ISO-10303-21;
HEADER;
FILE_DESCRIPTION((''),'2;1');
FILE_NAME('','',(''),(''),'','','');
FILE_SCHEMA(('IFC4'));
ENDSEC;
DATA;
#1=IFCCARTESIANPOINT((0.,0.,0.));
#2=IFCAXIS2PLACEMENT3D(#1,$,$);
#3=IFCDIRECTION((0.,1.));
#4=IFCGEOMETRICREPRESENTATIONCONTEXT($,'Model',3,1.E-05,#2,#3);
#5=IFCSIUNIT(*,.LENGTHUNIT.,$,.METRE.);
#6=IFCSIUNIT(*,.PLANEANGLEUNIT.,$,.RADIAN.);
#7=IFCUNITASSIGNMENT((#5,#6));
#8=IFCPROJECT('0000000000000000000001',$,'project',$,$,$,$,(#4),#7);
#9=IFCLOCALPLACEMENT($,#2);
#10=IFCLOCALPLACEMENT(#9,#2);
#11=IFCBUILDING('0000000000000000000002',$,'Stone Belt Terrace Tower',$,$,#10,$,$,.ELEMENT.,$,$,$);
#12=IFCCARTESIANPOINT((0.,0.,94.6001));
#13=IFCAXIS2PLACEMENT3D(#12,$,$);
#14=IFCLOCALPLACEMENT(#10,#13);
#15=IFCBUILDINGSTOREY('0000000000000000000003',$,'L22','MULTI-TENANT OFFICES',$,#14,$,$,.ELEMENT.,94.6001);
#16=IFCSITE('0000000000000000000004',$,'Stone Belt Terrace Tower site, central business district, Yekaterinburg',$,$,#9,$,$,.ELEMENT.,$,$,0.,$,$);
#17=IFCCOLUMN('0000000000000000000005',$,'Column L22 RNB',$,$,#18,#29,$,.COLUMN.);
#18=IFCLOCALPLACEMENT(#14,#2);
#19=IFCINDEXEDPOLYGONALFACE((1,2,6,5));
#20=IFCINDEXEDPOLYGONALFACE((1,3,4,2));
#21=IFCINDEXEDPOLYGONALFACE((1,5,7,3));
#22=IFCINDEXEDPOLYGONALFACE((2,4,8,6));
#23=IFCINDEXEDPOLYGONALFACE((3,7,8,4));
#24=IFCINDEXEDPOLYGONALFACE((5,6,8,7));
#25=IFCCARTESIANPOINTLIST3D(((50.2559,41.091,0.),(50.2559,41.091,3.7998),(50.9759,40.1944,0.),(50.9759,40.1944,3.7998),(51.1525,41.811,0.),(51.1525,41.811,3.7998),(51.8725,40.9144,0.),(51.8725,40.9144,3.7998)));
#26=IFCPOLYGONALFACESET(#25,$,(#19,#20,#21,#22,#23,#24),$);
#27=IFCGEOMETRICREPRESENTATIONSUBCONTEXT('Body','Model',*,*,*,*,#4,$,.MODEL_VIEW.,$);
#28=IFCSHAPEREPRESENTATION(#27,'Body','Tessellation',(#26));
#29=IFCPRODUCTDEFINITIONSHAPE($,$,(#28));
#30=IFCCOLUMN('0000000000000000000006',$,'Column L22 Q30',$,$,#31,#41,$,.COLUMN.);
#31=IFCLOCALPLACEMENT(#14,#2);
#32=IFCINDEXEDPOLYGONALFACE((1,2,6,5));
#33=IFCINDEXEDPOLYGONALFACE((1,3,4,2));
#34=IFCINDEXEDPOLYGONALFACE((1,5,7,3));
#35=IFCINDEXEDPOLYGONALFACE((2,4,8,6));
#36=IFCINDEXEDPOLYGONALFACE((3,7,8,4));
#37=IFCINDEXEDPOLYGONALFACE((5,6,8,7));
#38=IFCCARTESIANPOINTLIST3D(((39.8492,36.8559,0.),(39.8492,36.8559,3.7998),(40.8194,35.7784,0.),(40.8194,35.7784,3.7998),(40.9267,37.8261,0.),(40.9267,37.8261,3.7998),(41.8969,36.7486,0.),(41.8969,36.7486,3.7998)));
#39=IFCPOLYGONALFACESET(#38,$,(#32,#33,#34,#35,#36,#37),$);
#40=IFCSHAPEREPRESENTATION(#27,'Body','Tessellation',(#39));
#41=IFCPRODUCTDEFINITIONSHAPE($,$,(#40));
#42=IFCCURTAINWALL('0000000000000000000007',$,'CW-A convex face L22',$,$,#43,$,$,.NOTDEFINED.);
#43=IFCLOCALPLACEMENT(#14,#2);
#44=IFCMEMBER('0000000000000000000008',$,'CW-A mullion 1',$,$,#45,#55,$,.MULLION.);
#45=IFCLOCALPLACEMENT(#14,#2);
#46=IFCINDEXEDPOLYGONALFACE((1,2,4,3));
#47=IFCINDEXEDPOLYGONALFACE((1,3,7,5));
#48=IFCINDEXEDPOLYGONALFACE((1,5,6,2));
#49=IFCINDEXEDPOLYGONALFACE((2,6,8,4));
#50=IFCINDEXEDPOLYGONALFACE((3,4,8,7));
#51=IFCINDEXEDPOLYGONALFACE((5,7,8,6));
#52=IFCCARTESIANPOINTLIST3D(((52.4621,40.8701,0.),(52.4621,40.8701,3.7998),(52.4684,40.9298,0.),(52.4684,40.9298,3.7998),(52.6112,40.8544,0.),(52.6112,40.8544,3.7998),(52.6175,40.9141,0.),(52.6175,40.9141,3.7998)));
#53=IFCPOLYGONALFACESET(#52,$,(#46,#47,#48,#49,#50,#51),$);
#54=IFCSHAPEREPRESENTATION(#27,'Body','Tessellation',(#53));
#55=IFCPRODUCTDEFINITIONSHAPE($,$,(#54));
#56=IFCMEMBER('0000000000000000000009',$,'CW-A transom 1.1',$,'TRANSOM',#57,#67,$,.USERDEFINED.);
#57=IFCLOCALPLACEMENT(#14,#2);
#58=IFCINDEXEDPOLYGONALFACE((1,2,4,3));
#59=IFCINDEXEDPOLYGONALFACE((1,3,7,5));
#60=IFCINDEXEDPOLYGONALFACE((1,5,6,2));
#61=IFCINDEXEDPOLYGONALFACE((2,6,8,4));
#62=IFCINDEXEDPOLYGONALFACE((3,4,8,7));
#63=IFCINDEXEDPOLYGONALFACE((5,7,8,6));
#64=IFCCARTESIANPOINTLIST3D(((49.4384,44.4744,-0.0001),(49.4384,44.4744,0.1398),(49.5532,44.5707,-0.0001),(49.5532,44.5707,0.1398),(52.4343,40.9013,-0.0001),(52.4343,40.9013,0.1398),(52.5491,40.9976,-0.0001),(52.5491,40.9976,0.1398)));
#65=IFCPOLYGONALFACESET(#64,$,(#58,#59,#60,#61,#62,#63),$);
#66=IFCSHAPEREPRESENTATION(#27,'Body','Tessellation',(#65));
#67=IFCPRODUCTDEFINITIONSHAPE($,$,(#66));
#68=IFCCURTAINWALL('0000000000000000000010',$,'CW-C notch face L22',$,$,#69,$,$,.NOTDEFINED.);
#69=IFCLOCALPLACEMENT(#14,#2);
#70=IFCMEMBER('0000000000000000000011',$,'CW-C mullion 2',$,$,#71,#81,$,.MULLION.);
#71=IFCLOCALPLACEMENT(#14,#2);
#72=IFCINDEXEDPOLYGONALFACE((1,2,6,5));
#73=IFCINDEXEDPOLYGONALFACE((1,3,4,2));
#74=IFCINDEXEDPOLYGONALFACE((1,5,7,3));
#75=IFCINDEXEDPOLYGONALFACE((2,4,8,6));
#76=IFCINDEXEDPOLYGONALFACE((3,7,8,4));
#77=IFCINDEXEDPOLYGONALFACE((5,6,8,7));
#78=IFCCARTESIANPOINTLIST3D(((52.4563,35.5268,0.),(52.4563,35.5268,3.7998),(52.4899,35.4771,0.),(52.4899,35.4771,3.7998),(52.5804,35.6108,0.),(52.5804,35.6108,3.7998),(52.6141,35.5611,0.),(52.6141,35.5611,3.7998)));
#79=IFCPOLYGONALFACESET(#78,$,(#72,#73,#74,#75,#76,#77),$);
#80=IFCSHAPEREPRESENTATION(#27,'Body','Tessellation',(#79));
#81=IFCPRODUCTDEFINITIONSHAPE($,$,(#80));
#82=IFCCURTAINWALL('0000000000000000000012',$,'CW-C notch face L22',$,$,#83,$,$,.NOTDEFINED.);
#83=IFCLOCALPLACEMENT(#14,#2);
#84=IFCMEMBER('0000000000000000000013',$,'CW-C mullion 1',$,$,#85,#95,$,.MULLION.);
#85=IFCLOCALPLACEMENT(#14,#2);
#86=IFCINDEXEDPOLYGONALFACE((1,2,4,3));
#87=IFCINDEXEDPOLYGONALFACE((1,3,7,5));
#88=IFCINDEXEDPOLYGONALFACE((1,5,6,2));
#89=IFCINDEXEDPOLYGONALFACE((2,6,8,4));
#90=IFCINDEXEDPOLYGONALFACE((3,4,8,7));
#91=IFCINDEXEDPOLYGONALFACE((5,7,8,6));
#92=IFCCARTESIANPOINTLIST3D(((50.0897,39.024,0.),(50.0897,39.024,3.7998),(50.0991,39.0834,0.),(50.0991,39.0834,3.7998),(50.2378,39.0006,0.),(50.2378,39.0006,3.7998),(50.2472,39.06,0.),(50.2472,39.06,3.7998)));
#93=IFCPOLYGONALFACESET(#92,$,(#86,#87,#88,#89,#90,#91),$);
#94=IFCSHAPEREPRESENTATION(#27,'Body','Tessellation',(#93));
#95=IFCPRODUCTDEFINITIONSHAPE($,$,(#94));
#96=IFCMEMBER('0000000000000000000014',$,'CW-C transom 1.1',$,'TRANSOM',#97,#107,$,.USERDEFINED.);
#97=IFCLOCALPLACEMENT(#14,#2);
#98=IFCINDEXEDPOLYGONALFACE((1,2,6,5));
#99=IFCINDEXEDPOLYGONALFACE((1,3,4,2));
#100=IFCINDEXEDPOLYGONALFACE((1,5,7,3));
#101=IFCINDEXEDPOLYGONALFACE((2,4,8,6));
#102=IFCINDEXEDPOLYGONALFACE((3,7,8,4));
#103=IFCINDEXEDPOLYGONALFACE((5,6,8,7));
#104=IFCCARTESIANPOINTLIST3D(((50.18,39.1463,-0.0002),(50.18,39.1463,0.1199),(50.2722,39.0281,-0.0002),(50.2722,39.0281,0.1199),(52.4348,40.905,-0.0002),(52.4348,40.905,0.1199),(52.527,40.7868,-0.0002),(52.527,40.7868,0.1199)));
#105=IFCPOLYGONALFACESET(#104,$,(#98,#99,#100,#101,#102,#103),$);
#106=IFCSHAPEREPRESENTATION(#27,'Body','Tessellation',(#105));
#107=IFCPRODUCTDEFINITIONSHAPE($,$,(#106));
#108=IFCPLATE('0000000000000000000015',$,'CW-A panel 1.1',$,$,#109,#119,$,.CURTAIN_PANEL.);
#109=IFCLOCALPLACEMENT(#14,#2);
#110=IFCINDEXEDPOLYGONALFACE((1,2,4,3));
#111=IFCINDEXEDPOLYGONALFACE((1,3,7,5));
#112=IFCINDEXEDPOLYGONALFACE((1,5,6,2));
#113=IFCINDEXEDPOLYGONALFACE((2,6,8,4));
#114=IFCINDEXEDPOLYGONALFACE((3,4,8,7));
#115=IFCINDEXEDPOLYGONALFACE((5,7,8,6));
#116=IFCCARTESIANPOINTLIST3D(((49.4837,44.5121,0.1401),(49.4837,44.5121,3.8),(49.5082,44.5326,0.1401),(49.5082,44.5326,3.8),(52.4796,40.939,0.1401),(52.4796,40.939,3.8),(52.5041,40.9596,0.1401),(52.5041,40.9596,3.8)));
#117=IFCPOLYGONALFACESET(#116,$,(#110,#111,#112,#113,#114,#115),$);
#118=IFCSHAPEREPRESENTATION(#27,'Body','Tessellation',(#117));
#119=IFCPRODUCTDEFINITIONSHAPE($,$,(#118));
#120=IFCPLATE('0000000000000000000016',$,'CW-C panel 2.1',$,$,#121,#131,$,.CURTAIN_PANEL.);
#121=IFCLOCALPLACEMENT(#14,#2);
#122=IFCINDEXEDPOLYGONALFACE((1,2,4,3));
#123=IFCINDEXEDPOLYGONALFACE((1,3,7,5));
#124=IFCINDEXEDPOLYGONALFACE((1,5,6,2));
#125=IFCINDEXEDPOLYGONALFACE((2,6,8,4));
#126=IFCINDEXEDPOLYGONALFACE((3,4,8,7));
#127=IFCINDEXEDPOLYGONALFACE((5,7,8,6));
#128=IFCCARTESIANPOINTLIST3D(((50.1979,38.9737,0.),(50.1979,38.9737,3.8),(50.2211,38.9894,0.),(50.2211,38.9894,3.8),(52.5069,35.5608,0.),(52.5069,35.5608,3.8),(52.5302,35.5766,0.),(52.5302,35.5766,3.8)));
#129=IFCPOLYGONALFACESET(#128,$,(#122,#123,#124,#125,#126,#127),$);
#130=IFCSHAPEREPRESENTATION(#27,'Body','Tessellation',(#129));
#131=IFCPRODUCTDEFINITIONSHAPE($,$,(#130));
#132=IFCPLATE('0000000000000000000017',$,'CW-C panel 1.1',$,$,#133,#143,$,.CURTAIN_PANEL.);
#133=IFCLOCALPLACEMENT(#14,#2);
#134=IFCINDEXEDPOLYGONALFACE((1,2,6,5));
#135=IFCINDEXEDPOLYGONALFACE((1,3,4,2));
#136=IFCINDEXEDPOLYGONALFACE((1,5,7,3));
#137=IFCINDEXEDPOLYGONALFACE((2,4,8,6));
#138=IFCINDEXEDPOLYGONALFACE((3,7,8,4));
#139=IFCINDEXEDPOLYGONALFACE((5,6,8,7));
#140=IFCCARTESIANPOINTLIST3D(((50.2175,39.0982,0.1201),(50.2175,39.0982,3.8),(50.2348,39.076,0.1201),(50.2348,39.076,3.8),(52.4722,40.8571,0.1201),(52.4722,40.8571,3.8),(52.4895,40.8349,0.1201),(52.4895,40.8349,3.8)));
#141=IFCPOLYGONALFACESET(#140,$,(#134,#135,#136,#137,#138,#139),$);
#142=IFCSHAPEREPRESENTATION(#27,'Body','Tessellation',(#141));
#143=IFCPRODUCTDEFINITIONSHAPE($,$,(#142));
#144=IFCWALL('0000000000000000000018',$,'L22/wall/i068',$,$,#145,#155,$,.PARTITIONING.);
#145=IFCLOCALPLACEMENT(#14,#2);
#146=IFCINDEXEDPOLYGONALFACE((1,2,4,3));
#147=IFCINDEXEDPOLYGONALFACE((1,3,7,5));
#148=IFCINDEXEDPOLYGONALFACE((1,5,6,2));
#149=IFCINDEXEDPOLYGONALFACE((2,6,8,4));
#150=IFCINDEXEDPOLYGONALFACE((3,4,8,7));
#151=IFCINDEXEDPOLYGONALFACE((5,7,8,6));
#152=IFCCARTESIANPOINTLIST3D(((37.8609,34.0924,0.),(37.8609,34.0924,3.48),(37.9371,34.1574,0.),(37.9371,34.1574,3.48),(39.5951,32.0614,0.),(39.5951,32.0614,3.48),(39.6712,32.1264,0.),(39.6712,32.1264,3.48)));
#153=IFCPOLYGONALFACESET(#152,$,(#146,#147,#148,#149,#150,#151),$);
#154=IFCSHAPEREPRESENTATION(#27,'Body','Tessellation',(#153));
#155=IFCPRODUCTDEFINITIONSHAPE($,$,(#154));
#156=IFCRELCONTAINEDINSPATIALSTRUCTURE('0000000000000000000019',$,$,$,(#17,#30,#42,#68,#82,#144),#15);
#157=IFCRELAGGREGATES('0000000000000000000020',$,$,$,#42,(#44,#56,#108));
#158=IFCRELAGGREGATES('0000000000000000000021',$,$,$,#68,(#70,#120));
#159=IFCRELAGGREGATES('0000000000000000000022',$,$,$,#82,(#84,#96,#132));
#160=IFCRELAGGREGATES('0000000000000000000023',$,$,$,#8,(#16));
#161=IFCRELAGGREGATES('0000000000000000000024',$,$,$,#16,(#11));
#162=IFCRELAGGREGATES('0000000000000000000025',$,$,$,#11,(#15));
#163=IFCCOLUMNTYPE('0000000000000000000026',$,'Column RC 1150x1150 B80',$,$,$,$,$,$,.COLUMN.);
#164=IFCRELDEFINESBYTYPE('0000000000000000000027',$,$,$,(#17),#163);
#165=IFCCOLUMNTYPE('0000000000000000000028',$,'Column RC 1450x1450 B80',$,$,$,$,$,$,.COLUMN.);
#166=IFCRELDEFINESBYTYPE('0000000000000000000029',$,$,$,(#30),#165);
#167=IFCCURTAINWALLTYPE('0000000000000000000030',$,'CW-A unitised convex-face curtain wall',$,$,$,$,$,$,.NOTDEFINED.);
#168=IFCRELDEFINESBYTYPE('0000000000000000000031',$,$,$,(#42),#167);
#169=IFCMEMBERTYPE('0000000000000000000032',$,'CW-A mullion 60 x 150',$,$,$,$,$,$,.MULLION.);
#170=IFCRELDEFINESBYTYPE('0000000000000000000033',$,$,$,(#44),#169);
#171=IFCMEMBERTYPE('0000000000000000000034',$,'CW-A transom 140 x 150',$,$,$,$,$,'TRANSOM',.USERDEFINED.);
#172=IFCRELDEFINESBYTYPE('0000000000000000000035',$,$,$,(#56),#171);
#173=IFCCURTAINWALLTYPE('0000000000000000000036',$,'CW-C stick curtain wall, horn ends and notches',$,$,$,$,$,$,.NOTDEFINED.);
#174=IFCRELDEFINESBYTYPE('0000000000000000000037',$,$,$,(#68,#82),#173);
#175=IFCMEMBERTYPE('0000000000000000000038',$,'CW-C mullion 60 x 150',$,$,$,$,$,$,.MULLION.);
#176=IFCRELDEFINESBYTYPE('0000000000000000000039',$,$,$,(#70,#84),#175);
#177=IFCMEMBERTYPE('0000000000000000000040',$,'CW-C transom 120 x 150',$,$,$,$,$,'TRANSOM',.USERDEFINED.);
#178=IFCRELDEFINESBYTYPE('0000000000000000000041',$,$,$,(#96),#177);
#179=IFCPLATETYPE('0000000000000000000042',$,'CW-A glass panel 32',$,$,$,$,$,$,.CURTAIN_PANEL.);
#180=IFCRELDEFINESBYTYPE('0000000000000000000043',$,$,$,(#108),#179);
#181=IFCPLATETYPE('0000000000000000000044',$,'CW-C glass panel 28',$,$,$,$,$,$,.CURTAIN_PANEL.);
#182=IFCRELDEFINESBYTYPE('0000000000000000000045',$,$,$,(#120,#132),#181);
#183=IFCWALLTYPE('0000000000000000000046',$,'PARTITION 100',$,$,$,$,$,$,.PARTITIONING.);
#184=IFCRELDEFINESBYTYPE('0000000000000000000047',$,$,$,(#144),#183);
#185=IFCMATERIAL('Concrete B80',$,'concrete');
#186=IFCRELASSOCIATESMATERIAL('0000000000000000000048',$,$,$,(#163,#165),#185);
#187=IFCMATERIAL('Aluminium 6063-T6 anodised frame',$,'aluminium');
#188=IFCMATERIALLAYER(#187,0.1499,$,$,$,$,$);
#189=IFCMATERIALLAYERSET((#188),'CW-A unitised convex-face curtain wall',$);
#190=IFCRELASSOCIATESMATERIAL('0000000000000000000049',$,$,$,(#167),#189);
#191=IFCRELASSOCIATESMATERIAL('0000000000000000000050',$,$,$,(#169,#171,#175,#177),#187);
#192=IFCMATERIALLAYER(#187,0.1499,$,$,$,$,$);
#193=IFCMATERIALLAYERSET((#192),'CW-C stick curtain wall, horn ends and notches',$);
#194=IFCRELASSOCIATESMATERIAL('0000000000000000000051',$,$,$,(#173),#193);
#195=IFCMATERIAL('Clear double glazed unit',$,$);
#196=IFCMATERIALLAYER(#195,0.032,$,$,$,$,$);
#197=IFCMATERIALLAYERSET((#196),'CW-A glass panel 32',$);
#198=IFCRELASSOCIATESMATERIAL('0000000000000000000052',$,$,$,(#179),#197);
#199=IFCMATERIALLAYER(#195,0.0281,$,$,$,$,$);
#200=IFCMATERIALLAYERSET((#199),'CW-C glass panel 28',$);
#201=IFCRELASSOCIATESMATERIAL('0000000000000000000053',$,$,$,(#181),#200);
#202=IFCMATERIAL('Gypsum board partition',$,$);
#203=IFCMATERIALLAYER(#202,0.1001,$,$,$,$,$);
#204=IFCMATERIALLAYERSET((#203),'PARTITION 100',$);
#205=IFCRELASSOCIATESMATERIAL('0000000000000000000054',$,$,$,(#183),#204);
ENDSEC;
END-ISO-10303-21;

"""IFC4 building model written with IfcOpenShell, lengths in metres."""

from ifc_helpers import new_model, si_unit, direction, frame, frame_2d, origin, origin_2d, place, context, subcontext, project, spatial, rectangle, extrude, material, layer, layer_set, material_profile, profile_set, type_object, element, aggregate, save


model = new_model("IFC4")

# Units and contexts
model_context = context("Model", 3, precision=1e-05, world=origin(), true_north=direction((0.0, 1.0)))
body_context = subcontext(model_context, "Body", "Model", "MODEL_VIEW")
ifc_project = project(units=[si_unit("LENGTHUNIT", "METRE"), si_unit("PLANEANGLEUNIT", "RADIAN")], contexts=[model_context])

# Site, building, storey
site_placement = place(None, origin())
site = spatial("IfcSite", under=ifc_project, at=site_placement, Name="Stone Belt Terrace Tower site, central business district, Yekaterinburg", CompositionType="ELEMENT", RefElevation=0.0)
building_placement = place(site_placement, origin())
building = spatial("IfcBuilding", under=site, at=building_placement, Name="Stone Belt Terrace Tower", CompositionType="ELEMENT")
storey_placement = place(building_placement, frame((0.0, 0.0, 94.6001)))
storey = spatial("IfcBuildingStorey", under=building, at=storey_placement, Name="L22", Description="MULTI-TENANT OFFICES", CompositionType="ELEMENT", Elevation=94.6001)

# Columns
ifc_material_1 = material(Name="Concrete B80", Category="concrete")
ifc_material_profile_1 = material_profile(ifc_material_1, rectangle(XDim=1.1499, YDim=1.1499, at=origin_2d()), Name="RC 1150x1150")
ifc_profile_set_1 = profile_set([ifc_material_profile_1], Name="Concrete B80")
column_type_1 = type_object("IfcColumnType", Name="Column RC 1150x1150 B80", PredefinedType="COLUMN", material=ifc_profile_set_1)
column_1_placement = place(storey_placement, frame((51.0642, 41.0027, 0.0), z_axis=(0.0, 0.0, 1.0), x_axis=(0.626104, -0.779739, 0.0)))
element("IfcColumn", 1, at=column_1_placement, inside=storey, type_object=column_type_1, Name="Column L22 RNB", PredefinedType="COLUMN", context=body_context, shape_type="SweptSolid", body=[
    extrude(rectangle(XDim=1.1499, YDim=1.1499, at=origin_2d()), origin(), (0.0, 0.0, 1.0), 3.7998),
])
ifc_material_profile_2 = material_profile(ifc_material_1, rectangle(XDim=1.45, YDim=1.45, at=origin_2d()), Name="RC 1450x1450")
ifc_profile_set_2 = profile_set([ifc_material_profile_2], Name="Concrete B80")
column_type_2 = type_object("IfcColumnType", Name="Column RC 1450x1450 B80", PredefinedType="COLUMN", material=ifc_profile_set_2)
column_2_placement = place(storey_placement, frame((40.873, 36.8022, 0.0), z_axis=(0.0, 0.0, 1.0), x_axis=(0.669131, -0.743145, 0.0)))
element("IfcColumn", 2, at=column_2_placement, inside=storey, type_object=column_type_2, Name="Column L22 Q30", PredefinedType="COLUMN", context=body_context, shape_type="SweptSolid", body=[
    extrude(rectangle(XDim=1.45, YDim=1.45, at=origin_2d()), origin(), (0.0, 0.0, 1.0), 3.7998),
])

# Curtain wall, members
ifc_material_2 = material(Name="Aluminium 6063-T6 anodised frame", Category="aluminium")
ifc_layer_1 = layer(ifc_material_2, 0.1499)
ifc_layer_set_1 = layer_set([ifc_layer_1], Name="CW-A unitised convex-face curtain wall")
curtain_wall_type_1 = type_object("IfcCurtainWallType", Name="CW-A unitised convex-face curtain wall", PredefinedType="NOTDEFINED", material=ifc_layer_set_1)
curtain_wall_1_placement = place(storey_placement, origin())
curtain_wall_1 = element("IfcCurtainWall", 3, at=curtain_wall_1_placement, inside=storey, type_object=curtain_wall_type_1, Name="CW-A convex face L22", PredefinedType="NOTDEFINED")
ifc_material_profile_3 = material_profile(ifc_material_2, rectangle(XDim=0.1499, YDim=0.0601, at=origin_2d()), Name="Aluminium 6063-T6 60x150")
ifc_profile_set_3 = profile_set([ifc_material_profile_3], Name="Aluminium 6063-T6 anodised frame")
member_type_1 = type_object("IfcMemberType", Name="CW-A mullion 60 x 150", PredefinedType="MULLION", material=ifc_profile_set_3)
member_1_placement = place(storey_placement, frame((52.5398, 40.8921, 0.0), z_axis=(0.0, 0.0, 1.0), x_axis=(-0.994465, 0.105071, 0.0)))
member_1 = element("IfcMember", 4, at=member_1_placement, type_object=member_type_1, Name="CW-A mullion 1", PredefinedType="MULLION", context=body_context, shape_type="SweptSolid", body=[
    extrude(rectangle(XDim=0.1499, YDim=0.0601, at=origin_2d()), origin(), (0.0, 0.0, 1.0), 3.7998),
])
ifc_material_profile_4 = material_profile(ifc_material_2, rectangle(XDim=0.1499, YDim=0.1399, at=origin_2d()), Name="Aluminium 6063-T6 150x140")
ifc_profile_set_4 = profile_set([ifc_material_profile_4], Name="Aluminium 6063-T6 anodised frame")
member_type_2 = type_object("IfcMemberType", Name="CW-A transom 140 x 150", ElementType="TRANSOM", PredefinedType="USERDEFINED", material=ifc_profile_set_4)
member_2_placement = place(storey_placement, frame((52.4917, 40.9495, 0.0698), z_axis=(-0.642504, 0.766282, 0.0), x_axis=(-0.766282, -0.642504, 0.0)))
member_2 = element("IfcMember", 5, at=member_2_placement, type_object=member_type_2, Name="CW-A transom 1.1", ObjectType="TRANSOM", PredefinedType="USERDEFINED", context=body_context, shape_type="SweptSolid", body=[
    extrude(rectangle(XDim=0.1499, YDim=0.1399, at=origin_2d()), origin(), (0.0, 0.0, 1.0), 4.6628),
])

# Curtain wall, member
ifc_layer_2 = layer(ifc_material_2, 0.1499)
ifc_layer_set_2 = layer_set([ifc_layer_2], Name="CW-C stick curtain wall, horn ends and notches")
curtain_wall_type_2 = type_object("IfcCurtainWallType", Name="CW-C stick curtain wall, horn ends and notches", PredefinedType="NOTDEFINED", material=ifc_layer_set_2)
curtain_wall_2_placement = place(storey_placement, origin())
curtain_wall_2 = element("IfcCurtainWall", 6, at=curtain_wall_2_placement, inside=storey, type_object=curtain_wall_type_2, Name="CW-C notch face L22", PredefinedType="NOTDEFINED")
ifc_material_profile_5 = material_profile(ifc_material_2, rectangle(XDim=0.1499, YDim=0.0601, at=origin_2d()), Name="Aluminium 6063-T6 60x150")
ifc_profile_set_5 = profile_set([ifc_material_profile_5], Name="Aluminium 6063-T6 anodised frame")
member_type_3 = type_object("IfcMemberType", Name="CW-C mullion 60 x 150", PredefinedType="MULLION", material=ifc_profile_set_5)
member_3_placement = place(storey_placement, frame((52.5352, 35.5439, 0.0), z_axis=(0.0, 0.0, 1.0), x_axis=(-0.828244, -0.560367, 0.0)))
member_3 = element("IfcMember", 7, at=member_3_placement, type_object=member_type_3, Name="CW-C mullion 2", PredefinedType="MULLION", context=body_context, shape_type="SweptSolid", body=[
    extrude(rectangle(XDim=0.1499, YDim=0.0601, at=origin_2d()), origin(), (0.0, 0.0, 1.0), 3.7998),
])

# Curtain wall, members
curtain_wall_3_placement = place(storey_placement, origin())
curtain_wall_3 = element("IfcCurtainWall", 8, at=curtain_wall_3_placement, inside=storey, type_object=curtain_wall_type_2, Name="CW-C notch face L22", PredefinedType="NOTDEFINED")
member_4_placement = place(storey_placement, frame((50.1685, 39.042, 0.0), z_axis=(0.0, 0.0, 1.0), x_axis=(-0.987742, 0.156094, 0.0)))
member_4 = element("IfcMember", 9, at=member_4_placement, type_object=member_type_3, Name="CW-C mullion 1", PredefinedType="MULLION", context=body_context, shape_type="SweptSolid", body=[
    extrude(rectangle(XDim=0.1499, YDim=0.0601, at=origin_2d()), origin(), (0.0, 0.0, 1.0), 3.7998),
])
ifc_material_profile_6 = material_profile(ifc_material_2, rectangle(XDim=0.1499, YDim=0.1201, at=origin_2d()), Name="Aluminium 6063-T6 150x120")
ifc_profile_set_6 = profile_set([ifc_material_profile_6], Name="Aluminium 6063-T6 anodised frame")
member_type_4 = type_object("IfcMemberType", Name="CW-C transom 120 x 150", ElementType="TRANSOM", PredefinedType="USERDEFINED", material=ifc_profile_set_6)
member_5_placement = place(storey_placement, frame((50.2261, 39.0872, 0.0598), z_axis=(0.788506, 0.615028, 0.0), x_axis=(-0.615028, 0.788506, 0.0)))
member_5 = element("IfcMember", 10, at=member_5_placement, type_object=member_type_4, Name="CW-C transom 1.1", ObjectType="TRANSOM", PredefinedType="USERDEFINED", context=body_context, shape_type="SweptSolid", body=[
    extrude(rectangle(XDim=0.1499, YDim=0.1201, at=origin_2d()), origin(), (0.0, 0.0, 1.0), 2.8596),
])

# Plates
ifc_material_3 = material(Name="Clear double glazed unit")
ifc_layer_3 = layer(ifc_material_3, 0.032)
ifc_layer_set_3 = layer_set([ifc_layer_3], Name="CW-A glass panel 32")
plate_type_1 = type_object("IfcPlateType", Name="CW-A glass panel 32", PredefinedType="CURTAIN_PANEL", material=ifc_layer_set_3)
plate_1_placement = place(storey_placement, frame((50.9939, 42.7358, 0.1401), z_axis=(0.0, 0.0, 1.0), x_axis=(-0.642509, 0.766278, 0.0)))
plate_1 = element("IfcPlate", 11, at=plate_1_placement, type_object=plate_type_1, Name="CW-A panel 1.1", PredefinedType="CURTAIN_PANEL", context=body_context, shape_type="SweptSolid", body=[
    extrude(rectangle(XDim=4.6628, YDim=0.032, at=origin_2d()), origin(), (0.0, 0.0, 1.0), 3.6599),
])
aggregate(curtain_wall_1, [member_1, member_2, plate_1])
ifc_layer_4 = layer(ifc_material_3, 0.0281)
ifc_layer_set_4 = layer_set([ifc_layer_4], Name="CW-C glass panel 28")
plate_type_2 = type_object("IfcPlateType", Name="CW-C glass panel 28", PredefinedType="CURTAIN_PANEL", material=ifc_layer_set_4)
plate_2_placement = place(storey_placement, frame((51.364, 37.2751, 0.0), z_axis=(0.0, 0.0, 1.0), x_axis=(-0.560367, 0.828244, 0.0)))
plate_2 = element("IfcPlate", 12, at=plate_2_placement, type_object=plate_type_2, Name="CW-C panel 2.1", PredefinedType="CURTAIN_PANEL", context=body_context, shape_type="SweptSolid", body=[
    extrude(rectangle(XDim=4.1206, YDim=0.0281, at=origin_2d()), origin(), (0.0, 0.0, 1.0), 3.8),
])
aggregate(curtain_wall_2, [member_3, plate_2])
plate_3_placement = place(storey_placement, frame((51.3535, 39.9666, 0.1201), z_axis=(0.0, 0.0, 1.0), x_axis=(0.788458, 0.615089, 0.0)))
plate_3 = element("IfcPlate", 13, at=plate_3_placement, type_object=plate_type_2, Name="CW-C panel 1.1", PredefinedType="CURTAIN_PANEL", context=body_context, shape_type="SweptSolid", body=[
    extrude(rectangle(XDim=2.8596, YDim=0.0281, at=origin_2d()), origin(), (0.0, 0.0, 1.0), 3.6799),
])
aggregate(curtain_wall_3, [member_4, member_5, plate_3])

# Wall
ifc_material_4 = material(Name="Gypsum board partition")
ifc_layer_5 = layer(ifc_material_4, 0.1001)
ifc_layer_set_5 = layer_set([ifc_layer_5], Name="PARTITION 100")
wall_type_1 = type_object("IfcWallType", Name="PARTITION 100", PredefinedType="PARTITIONING", material=ifc_layer_set_5)
wall_1_placement = place(storey_placement, frame((37.8989, 34.125, 0.0), z_axis=(0.0, 0.0, 1.0), x_axis=(0.649337, -0.760501, 0.0)))
element("IfcWall", 14, at=wall_1_placement, inside=storey, type_object=wall_type_1, Name="L22/wall/i068", PredefinedType="PARTITIONING", context=body_context, shape_type="SweptSolid", body=[
    extrude(rectangle(XDim=2.6707, YDim=0.1001, at=frame_2d((1.3354, 0.0))), origin(), (0.0, 0.0, 1.0), 3.48),
])

save(model, "model.ifc")
